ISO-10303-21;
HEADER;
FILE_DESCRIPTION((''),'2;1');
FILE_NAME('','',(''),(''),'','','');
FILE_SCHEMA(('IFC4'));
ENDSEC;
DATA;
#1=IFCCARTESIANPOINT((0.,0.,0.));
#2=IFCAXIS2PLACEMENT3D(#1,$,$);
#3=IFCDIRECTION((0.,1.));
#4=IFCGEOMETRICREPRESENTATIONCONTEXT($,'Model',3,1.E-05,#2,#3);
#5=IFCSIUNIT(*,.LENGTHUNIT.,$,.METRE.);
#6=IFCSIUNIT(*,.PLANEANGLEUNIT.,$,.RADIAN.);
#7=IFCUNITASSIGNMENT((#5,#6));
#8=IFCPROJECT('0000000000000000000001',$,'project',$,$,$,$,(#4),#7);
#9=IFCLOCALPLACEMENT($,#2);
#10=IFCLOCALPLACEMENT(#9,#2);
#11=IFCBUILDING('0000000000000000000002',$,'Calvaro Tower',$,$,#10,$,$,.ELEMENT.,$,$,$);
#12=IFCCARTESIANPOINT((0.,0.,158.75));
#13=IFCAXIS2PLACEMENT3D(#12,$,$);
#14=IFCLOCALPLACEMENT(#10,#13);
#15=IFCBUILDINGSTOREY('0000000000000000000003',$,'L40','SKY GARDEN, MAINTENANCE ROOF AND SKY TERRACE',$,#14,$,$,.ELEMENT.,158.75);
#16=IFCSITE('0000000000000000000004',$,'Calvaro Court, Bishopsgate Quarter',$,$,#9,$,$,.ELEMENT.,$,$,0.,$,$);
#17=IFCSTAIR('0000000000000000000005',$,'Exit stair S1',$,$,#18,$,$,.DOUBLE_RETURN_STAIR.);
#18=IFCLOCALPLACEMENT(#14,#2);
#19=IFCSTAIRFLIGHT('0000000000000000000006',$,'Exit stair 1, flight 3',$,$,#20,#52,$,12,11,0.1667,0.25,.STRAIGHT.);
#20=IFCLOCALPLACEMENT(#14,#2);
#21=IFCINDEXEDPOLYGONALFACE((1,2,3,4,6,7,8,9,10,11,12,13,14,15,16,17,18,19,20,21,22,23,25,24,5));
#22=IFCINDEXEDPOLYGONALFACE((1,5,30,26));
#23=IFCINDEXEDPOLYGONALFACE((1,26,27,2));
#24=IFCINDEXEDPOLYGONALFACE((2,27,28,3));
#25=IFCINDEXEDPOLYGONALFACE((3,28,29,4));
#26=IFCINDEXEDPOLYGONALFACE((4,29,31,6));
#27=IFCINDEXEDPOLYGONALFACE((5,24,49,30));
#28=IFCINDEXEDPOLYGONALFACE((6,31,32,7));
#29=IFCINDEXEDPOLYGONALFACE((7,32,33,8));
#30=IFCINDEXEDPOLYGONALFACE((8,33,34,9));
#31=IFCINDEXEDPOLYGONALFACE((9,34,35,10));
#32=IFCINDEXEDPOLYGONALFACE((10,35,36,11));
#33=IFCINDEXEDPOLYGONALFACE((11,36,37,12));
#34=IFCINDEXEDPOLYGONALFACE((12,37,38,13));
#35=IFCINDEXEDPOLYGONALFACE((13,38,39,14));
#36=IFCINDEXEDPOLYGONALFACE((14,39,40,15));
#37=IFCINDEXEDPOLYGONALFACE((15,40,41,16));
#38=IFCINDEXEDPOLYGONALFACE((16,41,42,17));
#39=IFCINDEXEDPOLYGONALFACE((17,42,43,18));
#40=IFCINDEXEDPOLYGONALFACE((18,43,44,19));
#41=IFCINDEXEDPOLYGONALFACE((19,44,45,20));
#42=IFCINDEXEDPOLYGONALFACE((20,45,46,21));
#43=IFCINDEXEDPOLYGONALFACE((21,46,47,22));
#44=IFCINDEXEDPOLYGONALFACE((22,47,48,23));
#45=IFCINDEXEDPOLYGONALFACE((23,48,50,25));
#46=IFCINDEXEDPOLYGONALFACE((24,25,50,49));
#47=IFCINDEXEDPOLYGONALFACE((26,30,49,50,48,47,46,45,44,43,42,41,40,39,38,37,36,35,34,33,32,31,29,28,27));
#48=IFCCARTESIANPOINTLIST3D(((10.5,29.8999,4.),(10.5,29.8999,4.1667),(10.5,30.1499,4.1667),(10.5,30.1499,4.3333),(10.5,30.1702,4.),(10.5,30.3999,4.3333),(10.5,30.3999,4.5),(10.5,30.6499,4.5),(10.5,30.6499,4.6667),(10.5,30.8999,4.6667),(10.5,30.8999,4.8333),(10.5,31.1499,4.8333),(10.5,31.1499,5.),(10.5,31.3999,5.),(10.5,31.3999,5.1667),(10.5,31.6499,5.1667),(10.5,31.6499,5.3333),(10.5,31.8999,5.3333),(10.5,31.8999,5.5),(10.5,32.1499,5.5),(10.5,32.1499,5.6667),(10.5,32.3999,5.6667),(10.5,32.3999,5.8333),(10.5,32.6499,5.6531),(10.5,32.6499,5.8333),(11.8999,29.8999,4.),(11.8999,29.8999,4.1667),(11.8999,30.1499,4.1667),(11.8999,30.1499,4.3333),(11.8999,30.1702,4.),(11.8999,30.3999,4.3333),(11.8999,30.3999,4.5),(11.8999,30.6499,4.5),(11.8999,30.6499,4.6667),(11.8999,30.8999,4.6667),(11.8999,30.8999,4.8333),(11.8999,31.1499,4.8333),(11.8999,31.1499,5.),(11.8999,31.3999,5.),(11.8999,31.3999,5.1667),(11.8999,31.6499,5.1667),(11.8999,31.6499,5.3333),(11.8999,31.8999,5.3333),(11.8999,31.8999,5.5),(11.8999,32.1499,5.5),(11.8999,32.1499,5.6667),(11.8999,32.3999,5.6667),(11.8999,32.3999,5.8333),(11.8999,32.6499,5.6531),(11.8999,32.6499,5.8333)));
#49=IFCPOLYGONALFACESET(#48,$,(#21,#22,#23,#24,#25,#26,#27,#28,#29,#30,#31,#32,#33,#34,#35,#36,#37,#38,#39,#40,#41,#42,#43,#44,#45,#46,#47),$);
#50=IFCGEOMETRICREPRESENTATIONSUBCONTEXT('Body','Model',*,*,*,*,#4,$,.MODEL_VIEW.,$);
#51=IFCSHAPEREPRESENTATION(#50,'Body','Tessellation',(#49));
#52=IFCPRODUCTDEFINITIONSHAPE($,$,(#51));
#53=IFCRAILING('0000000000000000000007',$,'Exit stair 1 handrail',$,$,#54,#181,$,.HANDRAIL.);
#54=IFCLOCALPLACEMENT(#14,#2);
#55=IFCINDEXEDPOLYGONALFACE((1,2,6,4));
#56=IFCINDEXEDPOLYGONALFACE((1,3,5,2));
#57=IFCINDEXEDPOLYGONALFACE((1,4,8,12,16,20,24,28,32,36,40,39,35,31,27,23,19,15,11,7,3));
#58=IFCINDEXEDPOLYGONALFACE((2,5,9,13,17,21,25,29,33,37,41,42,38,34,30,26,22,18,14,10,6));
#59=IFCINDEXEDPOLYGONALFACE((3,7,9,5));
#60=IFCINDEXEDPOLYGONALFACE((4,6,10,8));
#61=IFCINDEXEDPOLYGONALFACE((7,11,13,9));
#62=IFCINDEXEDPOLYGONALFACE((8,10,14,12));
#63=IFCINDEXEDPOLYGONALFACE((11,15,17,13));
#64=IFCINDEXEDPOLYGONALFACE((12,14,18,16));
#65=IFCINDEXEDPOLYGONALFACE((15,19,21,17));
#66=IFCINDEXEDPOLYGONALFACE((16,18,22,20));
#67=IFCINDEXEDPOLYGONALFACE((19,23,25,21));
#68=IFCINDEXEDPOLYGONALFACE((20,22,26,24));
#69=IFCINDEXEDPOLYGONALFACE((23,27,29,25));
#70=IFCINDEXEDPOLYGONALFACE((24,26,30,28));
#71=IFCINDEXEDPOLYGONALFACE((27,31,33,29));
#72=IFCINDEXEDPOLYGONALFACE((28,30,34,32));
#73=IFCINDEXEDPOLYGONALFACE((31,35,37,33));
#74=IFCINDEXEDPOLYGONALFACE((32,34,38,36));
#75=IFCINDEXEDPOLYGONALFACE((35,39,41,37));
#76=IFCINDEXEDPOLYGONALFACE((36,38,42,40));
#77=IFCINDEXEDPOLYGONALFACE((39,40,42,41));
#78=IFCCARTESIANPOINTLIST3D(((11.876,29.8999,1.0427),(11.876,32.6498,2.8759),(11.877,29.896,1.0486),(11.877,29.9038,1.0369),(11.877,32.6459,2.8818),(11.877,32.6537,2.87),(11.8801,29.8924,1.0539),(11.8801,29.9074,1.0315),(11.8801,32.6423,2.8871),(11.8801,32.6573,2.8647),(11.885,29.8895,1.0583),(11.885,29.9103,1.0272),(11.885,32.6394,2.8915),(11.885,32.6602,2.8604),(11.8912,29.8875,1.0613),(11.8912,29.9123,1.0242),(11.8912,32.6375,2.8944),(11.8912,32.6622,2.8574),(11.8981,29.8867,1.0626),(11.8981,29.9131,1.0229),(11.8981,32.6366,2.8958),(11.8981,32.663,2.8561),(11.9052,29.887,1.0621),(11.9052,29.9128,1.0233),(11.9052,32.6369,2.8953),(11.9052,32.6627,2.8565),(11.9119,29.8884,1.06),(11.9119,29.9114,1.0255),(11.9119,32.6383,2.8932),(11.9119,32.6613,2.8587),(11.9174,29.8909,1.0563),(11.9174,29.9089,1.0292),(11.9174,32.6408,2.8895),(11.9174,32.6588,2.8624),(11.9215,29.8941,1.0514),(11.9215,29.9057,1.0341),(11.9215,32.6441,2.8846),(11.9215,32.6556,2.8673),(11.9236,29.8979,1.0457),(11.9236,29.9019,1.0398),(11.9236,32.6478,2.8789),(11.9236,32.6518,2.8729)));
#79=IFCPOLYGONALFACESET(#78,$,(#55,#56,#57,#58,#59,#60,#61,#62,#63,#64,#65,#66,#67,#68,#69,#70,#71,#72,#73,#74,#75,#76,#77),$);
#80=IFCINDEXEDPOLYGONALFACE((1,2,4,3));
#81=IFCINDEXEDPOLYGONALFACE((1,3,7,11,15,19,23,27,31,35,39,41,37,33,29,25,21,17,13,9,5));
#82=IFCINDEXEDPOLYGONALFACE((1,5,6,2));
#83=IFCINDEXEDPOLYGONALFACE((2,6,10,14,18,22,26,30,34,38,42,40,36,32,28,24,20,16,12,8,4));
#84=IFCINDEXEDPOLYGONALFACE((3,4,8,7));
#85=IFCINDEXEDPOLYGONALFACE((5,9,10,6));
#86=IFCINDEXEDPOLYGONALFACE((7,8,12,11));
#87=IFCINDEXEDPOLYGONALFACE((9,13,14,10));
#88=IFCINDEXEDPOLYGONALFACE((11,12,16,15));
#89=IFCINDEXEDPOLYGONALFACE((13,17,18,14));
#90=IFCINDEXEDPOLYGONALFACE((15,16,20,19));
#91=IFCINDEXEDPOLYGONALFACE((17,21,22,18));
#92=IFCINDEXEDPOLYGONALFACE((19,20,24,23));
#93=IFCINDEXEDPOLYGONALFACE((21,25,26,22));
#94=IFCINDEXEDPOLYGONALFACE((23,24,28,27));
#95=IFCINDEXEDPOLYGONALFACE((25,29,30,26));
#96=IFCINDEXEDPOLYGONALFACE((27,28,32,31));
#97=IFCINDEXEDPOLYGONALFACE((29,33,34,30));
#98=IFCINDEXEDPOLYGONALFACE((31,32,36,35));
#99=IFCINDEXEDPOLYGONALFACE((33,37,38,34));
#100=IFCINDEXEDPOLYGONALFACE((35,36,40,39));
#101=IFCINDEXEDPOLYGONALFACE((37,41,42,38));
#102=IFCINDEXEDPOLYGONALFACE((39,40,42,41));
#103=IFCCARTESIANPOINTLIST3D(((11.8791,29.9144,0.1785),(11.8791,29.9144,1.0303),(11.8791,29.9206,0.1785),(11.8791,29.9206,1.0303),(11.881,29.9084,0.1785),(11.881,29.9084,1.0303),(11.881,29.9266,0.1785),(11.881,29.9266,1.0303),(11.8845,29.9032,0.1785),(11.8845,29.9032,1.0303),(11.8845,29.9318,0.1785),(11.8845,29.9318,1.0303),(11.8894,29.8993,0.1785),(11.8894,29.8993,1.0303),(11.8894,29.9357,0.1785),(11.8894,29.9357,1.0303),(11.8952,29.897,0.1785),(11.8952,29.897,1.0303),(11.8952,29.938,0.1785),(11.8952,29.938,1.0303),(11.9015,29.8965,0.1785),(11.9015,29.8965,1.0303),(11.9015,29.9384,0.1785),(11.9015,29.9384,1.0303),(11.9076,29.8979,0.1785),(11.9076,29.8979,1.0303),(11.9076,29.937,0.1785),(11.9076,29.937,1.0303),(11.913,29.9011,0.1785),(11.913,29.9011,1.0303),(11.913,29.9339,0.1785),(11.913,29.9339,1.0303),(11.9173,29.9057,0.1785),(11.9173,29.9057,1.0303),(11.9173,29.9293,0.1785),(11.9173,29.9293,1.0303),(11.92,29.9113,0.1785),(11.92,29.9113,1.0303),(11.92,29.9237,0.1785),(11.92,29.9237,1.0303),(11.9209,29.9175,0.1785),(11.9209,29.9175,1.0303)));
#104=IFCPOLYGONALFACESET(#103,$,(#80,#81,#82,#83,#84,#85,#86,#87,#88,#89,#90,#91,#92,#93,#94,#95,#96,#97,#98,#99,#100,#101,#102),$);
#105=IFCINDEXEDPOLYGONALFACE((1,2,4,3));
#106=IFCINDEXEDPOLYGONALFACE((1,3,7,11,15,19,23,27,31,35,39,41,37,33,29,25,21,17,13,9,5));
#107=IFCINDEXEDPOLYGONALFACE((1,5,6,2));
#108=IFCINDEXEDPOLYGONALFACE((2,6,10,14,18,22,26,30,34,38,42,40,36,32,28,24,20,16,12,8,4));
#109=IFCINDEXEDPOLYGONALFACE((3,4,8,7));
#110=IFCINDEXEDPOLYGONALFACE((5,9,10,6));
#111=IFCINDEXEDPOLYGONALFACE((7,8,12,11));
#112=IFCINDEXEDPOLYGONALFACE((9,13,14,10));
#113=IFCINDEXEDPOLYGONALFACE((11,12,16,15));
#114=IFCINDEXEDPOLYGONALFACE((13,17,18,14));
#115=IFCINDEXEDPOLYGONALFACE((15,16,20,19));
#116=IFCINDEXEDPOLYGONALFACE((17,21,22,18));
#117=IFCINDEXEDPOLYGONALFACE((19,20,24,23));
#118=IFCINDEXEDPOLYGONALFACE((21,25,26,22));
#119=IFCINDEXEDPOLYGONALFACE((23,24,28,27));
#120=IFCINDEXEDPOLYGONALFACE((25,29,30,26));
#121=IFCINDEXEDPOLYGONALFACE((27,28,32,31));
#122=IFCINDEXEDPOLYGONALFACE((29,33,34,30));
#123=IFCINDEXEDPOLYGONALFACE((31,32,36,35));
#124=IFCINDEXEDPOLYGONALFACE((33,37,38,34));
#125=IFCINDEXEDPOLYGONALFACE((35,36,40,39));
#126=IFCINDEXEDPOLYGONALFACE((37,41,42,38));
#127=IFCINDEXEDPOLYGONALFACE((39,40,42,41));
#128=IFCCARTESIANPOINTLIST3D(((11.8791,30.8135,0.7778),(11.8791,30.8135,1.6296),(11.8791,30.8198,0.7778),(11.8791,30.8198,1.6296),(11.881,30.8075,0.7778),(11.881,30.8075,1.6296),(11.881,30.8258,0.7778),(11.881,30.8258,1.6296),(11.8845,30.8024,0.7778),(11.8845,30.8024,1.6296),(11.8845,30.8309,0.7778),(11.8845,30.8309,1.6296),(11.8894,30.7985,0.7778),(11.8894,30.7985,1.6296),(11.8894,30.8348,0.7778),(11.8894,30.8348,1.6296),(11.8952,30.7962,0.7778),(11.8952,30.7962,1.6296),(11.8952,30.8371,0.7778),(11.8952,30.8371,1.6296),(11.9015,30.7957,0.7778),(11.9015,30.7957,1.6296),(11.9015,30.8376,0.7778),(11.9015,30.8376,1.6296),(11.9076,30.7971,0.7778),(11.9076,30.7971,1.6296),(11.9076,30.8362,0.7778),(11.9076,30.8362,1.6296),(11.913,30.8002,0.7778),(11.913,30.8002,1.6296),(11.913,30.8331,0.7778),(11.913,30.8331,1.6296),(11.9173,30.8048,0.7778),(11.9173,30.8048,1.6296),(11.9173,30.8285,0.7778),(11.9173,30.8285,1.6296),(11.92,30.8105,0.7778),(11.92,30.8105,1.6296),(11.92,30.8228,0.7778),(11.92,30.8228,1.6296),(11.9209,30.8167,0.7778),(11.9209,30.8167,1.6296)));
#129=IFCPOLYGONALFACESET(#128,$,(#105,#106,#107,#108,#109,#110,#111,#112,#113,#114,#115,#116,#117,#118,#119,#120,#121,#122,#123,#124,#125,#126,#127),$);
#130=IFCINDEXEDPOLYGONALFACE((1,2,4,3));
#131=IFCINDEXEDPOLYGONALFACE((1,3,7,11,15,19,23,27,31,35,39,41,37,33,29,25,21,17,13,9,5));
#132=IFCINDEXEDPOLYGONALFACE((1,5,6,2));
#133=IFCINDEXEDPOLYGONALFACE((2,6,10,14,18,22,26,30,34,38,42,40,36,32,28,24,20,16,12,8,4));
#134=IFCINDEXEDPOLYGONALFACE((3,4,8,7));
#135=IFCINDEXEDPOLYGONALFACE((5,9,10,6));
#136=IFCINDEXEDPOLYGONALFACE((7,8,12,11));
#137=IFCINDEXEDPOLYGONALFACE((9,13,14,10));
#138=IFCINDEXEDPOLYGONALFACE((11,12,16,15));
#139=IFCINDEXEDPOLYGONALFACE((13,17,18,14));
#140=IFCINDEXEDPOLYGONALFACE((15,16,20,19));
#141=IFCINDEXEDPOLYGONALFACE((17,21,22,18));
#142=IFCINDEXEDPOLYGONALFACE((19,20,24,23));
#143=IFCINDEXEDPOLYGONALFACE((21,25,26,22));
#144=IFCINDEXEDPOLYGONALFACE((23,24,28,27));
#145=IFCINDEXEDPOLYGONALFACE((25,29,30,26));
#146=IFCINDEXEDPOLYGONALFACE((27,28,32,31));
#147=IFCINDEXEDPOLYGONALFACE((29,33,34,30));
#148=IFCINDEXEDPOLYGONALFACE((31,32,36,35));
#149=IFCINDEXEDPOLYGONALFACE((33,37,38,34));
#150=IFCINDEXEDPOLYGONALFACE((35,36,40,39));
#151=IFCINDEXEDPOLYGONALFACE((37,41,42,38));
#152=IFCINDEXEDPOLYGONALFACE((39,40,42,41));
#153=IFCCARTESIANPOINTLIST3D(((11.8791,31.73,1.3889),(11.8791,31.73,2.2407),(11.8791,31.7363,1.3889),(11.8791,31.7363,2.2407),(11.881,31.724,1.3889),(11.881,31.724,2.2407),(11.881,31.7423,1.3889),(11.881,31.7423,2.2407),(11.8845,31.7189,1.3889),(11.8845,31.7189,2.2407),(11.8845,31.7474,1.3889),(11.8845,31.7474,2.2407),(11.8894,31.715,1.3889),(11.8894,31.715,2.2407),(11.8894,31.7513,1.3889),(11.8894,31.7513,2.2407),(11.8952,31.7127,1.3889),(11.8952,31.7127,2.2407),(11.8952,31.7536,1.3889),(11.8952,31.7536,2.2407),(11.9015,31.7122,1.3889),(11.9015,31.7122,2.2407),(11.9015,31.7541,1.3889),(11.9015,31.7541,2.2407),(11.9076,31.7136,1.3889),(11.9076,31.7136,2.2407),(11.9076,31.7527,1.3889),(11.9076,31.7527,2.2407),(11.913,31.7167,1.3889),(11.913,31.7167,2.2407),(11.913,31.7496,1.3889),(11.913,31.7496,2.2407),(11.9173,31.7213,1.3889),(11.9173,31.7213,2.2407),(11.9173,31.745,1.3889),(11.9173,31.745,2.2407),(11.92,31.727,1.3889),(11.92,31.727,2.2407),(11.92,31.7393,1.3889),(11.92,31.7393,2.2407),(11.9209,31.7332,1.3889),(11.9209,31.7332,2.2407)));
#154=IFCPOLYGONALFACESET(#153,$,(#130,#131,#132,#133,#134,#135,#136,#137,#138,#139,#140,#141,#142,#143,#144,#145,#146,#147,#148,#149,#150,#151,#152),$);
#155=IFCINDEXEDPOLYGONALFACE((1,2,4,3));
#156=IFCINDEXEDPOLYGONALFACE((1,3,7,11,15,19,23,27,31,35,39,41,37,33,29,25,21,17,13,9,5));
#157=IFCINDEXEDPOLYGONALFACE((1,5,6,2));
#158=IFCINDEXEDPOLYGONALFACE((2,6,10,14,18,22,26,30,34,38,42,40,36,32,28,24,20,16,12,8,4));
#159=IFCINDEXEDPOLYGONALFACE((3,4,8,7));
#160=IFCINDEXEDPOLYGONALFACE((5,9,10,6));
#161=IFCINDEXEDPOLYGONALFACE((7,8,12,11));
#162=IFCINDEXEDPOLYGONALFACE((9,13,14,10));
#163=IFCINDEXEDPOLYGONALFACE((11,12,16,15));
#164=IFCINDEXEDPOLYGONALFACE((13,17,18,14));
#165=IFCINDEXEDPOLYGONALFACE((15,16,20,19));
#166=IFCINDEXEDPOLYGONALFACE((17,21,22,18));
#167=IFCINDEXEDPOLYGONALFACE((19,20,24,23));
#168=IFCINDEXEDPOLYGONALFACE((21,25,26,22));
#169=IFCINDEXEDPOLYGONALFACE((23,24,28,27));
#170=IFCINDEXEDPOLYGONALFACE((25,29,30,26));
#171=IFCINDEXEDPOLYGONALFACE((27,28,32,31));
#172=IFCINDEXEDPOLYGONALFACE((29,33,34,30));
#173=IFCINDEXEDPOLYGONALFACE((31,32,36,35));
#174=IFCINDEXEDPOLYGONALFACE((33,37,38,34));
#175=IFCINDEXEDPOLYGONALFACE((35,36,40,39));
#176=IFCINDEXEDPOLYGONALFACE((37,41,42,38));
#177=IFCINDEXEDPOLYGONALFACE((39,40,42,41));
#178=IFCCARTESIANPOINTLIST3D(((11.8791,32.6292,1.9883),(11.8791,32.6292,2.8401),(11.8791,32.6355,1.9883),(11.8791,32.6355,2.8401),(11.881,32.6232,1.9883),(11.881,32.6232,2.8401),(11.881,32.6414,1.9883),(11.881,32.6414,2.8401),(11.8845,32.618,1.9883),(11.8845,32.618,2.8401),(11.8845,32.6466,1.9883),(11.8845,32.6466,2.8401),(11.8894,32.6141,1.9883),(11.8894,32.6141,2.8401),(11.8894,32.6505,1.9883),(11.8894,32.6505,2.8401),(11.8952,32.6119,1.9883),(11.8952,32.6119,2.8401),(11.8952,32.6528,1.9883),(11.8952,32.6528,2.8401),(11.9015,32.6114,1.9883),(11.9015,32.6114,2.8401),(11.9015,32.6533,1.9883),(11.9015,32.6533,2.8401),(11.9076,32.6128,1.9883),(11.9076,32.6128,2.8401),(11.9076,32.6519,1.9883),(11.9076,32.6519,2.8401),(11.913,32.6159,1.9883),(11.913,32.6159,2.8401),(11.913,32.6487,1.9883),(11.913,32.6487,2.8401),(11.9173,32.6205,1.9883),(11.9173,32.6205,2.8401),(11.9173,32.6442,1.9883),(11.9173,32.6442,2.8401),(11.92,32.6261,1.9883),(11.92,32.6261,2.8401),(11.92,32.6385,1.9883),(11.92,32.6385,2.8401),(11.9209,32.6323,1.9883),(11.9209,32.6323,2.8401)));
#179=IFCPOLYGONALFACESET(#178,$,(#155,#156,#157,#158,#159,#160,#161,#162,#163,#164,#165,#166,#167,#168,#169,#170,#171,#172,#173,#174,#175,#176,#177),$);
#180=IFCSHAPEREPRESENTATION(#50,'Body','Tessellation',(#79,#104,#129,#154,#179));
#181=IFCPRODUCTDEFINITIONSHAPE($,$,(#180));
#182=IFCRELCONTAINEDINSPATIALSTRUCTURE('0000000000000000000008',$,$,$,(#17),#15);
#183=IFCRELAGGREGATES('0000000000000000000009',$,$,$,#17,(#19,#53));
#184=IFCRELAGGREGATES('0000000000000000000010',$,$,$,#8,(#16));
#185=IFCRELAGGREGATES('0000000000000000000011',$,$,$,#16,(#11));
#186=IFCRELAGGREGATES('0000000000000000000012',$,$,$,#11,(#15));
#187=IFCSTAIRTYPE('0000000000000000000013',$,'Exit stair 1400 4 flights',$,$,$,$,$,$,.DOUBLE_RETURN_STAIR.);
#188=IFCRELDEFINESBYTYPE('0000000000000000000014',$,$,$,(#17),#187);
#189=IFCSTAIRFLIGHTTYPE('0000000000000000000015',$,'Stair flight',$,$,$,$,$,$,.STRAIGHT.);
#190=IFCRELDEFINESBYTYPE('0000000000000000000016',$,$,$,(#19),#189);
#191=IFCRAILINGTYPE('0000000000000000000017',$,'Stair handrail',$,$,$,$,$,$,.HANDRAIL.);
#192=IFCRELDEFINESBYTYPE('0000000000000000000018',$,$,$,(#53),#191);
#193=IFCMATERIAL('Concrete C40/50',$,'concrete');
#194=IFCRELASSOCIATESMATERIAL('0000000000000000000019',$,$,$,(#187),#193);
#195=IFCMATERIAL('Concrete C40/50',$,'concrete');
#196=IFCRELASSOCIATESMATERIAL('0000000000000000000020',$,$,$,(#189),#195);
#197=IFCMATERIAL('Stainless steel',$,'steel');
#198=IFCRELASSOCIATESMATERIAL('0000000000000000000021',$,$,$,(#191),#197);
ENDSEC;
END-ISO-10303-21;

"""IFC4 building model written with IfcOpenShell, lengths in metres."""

from ifc_helpers import new_model, si_unit, direction, frame, origin, origin_2d, place, context, subcontext, project, spatial, polyline, circle, outline, extrude, material, type_object, element, aggregate, save


model = new_model("IFC4")

# Units and contexts
model_context = context("Model", 3, precision=1e-05, world=origin(), true_north=direction((0.0, 1.0)))
body_context = subcontext(model_context, "Body", "Model", "MODEL_VIEW")
ifc_project = project(units=[si_unit("LENGTHUNIT", "METRE"), si_unit("PLANEANGLEUNIT", "RADIAN")], contexts=[model_context])

# Site, building, storey
site_placement = place(None, origin())
site = spatial("IfcSite", under=ifc_project, at=site_placement, Name="Calvaro Court, Bishopsgate Quarter", CompositionType="ELEMENT", RefElevation=0.0)
building_placement = place(site_placement, origin())
building = spatial("IfcBuilding", under=site, at=building_placement, Name="Calvaro Tower", CompositionType="ELEMENT")
storey_placement = place(building_placement, frame((0.0, 0.0, 158.75)))
storey = spatial("IfcBuildingStorey", under=building, at=storey_placement, Name="L40", Description="SKY GARDEN, MAINTENANCE ROOF AND SKY TERRACE", CompositionType="ELEMENT", Elevation=158.75)

# Stair, stair flight, railing
ifc_material_1 = material(Name="Concrete C40/50", Category="concrete")
stair_type = type_object("IfcStairType", Name="Exit stair 1400 4 flights", PredefinedType="DOUBLE_RETURN_STAIR", material=ifc_material_1)
stair_placement = place(storey_placement, origin())
stair = element("IfcStair", 1, at=stair_placement, inside=storey, type_object=stair_type, Name="Exit stair S1", PredefinedType="DOUBLE_RETURN_STAIR")
ifc_material_2 = material(Name="Concrete C40/50", Category="concrete")
stair_flight_type = type_object("IfcStairFlightType", Name="Stair flight", PredefinedType="STRAIGHT", material=ifc_material_2)
stair_flight_1_placement = place(storey_placement, frame((11.2, 29.8999, 4.0), z_axis=(0.0, 0.0, 1.0), x_axis=(0.0, 1.0, 0.0)))
stair_flight_1 = element("IfcStairFlight", 2, at=stair_flight_1_placement, type_object=stair_flight_type, Name="Exit stair 1, flight 3", NumberOfRisers=12, NumberOfTreads=11, PredefinedType="STRAIGHT", RiserHeight=0.1667, TreadLength=0.25, context=body_context, shape_type="SweptSolid", body=[
    extrude(outline(polyline([(0.0, 0.0), (0.0, 0.1667), (0.25, 0.1667), (0.25, 0.3333), (0.5, 0.3333), (0.5, 0.5), (0.75, 0.5), (0.75, 0.6667), (1.0, 0.6667), (1.0, 0.8333), (1.25, 0.8333), (1.25, 1.0), (1.5, 1.0), (1.5, 1.1667), (1.75, 1.1667), (1.75, 1.3333), (2.0, 1.3333), (2.0, 1.5), (2.25, 1.5), (2.25, 1.6667), (2.5, 1.6667), (2.5, 1.8333), (2.75, 1.8333), (2.75, 2.0), (2.75, 1.6531), (0.2703, 0.0), (0.0, 0.0)])), frame((0.0, 0.7, 0.0), z_axis=(0.0, -1.0, 0.0), x_axis=(1.0, 0.0, 0.0)), (0.0, 0.0, 1.0), 1.3999),
])
ifc_material_3 = material(Name="Stainless steel", Category="steel")
railing_type = type_object("IfcRailingType", Name="Stair handrail", PredefinedType="HANDRAIL", material=ifc_material_3)
railing_1_placement = place(storey_placement, frame((11.8999, 29.8999, 0.1667)))
railing_1 = element("IfcRailing", 3, at=railing_1_placement, type_object=railing_type, Name="Exit stair 1 handrail", PredefinedType="HANDRAIL", context=body_context, shape_type="SweptSolid", body=[
    extrude(circle(Radius=0.0239, at=origin_2d()), frame((0.0, 0.0, 0.876), z_axis=(0.0, 0.832062, 0.554683), x_axis=(-1.0, 0.0, 0.0)), (0.0, 0.0, 1.0), 3.3049),
    extrude(circle(Radius=0.021, at=origin_2d()), frame((0.0, 0.0176, 0.0117)), (0.0, 0.0, 1.0), 0.8518),
    extrude(circle(Radius=0.021, at=origin_2d()), frame((0.0, 0.9167, 0.6111)), (0.0, 0.0, 1.0), 0.8518),
    extrude(circle(Radius=0.021, at=origin_2d()), frame((0.0, 1.8333, 1.2222)), (0.0, 0.0, 1.0), 0.8518),
    extrude(circle(Radius=0.021, at=origin_2d()), frame((0.0, 2.7324, 1.8215)), (0.0, 0.0, 1.0), 0.8518),
])
aggregate(stair, [stair_flight_1, railing_1])

save(model, "model.ifc")
